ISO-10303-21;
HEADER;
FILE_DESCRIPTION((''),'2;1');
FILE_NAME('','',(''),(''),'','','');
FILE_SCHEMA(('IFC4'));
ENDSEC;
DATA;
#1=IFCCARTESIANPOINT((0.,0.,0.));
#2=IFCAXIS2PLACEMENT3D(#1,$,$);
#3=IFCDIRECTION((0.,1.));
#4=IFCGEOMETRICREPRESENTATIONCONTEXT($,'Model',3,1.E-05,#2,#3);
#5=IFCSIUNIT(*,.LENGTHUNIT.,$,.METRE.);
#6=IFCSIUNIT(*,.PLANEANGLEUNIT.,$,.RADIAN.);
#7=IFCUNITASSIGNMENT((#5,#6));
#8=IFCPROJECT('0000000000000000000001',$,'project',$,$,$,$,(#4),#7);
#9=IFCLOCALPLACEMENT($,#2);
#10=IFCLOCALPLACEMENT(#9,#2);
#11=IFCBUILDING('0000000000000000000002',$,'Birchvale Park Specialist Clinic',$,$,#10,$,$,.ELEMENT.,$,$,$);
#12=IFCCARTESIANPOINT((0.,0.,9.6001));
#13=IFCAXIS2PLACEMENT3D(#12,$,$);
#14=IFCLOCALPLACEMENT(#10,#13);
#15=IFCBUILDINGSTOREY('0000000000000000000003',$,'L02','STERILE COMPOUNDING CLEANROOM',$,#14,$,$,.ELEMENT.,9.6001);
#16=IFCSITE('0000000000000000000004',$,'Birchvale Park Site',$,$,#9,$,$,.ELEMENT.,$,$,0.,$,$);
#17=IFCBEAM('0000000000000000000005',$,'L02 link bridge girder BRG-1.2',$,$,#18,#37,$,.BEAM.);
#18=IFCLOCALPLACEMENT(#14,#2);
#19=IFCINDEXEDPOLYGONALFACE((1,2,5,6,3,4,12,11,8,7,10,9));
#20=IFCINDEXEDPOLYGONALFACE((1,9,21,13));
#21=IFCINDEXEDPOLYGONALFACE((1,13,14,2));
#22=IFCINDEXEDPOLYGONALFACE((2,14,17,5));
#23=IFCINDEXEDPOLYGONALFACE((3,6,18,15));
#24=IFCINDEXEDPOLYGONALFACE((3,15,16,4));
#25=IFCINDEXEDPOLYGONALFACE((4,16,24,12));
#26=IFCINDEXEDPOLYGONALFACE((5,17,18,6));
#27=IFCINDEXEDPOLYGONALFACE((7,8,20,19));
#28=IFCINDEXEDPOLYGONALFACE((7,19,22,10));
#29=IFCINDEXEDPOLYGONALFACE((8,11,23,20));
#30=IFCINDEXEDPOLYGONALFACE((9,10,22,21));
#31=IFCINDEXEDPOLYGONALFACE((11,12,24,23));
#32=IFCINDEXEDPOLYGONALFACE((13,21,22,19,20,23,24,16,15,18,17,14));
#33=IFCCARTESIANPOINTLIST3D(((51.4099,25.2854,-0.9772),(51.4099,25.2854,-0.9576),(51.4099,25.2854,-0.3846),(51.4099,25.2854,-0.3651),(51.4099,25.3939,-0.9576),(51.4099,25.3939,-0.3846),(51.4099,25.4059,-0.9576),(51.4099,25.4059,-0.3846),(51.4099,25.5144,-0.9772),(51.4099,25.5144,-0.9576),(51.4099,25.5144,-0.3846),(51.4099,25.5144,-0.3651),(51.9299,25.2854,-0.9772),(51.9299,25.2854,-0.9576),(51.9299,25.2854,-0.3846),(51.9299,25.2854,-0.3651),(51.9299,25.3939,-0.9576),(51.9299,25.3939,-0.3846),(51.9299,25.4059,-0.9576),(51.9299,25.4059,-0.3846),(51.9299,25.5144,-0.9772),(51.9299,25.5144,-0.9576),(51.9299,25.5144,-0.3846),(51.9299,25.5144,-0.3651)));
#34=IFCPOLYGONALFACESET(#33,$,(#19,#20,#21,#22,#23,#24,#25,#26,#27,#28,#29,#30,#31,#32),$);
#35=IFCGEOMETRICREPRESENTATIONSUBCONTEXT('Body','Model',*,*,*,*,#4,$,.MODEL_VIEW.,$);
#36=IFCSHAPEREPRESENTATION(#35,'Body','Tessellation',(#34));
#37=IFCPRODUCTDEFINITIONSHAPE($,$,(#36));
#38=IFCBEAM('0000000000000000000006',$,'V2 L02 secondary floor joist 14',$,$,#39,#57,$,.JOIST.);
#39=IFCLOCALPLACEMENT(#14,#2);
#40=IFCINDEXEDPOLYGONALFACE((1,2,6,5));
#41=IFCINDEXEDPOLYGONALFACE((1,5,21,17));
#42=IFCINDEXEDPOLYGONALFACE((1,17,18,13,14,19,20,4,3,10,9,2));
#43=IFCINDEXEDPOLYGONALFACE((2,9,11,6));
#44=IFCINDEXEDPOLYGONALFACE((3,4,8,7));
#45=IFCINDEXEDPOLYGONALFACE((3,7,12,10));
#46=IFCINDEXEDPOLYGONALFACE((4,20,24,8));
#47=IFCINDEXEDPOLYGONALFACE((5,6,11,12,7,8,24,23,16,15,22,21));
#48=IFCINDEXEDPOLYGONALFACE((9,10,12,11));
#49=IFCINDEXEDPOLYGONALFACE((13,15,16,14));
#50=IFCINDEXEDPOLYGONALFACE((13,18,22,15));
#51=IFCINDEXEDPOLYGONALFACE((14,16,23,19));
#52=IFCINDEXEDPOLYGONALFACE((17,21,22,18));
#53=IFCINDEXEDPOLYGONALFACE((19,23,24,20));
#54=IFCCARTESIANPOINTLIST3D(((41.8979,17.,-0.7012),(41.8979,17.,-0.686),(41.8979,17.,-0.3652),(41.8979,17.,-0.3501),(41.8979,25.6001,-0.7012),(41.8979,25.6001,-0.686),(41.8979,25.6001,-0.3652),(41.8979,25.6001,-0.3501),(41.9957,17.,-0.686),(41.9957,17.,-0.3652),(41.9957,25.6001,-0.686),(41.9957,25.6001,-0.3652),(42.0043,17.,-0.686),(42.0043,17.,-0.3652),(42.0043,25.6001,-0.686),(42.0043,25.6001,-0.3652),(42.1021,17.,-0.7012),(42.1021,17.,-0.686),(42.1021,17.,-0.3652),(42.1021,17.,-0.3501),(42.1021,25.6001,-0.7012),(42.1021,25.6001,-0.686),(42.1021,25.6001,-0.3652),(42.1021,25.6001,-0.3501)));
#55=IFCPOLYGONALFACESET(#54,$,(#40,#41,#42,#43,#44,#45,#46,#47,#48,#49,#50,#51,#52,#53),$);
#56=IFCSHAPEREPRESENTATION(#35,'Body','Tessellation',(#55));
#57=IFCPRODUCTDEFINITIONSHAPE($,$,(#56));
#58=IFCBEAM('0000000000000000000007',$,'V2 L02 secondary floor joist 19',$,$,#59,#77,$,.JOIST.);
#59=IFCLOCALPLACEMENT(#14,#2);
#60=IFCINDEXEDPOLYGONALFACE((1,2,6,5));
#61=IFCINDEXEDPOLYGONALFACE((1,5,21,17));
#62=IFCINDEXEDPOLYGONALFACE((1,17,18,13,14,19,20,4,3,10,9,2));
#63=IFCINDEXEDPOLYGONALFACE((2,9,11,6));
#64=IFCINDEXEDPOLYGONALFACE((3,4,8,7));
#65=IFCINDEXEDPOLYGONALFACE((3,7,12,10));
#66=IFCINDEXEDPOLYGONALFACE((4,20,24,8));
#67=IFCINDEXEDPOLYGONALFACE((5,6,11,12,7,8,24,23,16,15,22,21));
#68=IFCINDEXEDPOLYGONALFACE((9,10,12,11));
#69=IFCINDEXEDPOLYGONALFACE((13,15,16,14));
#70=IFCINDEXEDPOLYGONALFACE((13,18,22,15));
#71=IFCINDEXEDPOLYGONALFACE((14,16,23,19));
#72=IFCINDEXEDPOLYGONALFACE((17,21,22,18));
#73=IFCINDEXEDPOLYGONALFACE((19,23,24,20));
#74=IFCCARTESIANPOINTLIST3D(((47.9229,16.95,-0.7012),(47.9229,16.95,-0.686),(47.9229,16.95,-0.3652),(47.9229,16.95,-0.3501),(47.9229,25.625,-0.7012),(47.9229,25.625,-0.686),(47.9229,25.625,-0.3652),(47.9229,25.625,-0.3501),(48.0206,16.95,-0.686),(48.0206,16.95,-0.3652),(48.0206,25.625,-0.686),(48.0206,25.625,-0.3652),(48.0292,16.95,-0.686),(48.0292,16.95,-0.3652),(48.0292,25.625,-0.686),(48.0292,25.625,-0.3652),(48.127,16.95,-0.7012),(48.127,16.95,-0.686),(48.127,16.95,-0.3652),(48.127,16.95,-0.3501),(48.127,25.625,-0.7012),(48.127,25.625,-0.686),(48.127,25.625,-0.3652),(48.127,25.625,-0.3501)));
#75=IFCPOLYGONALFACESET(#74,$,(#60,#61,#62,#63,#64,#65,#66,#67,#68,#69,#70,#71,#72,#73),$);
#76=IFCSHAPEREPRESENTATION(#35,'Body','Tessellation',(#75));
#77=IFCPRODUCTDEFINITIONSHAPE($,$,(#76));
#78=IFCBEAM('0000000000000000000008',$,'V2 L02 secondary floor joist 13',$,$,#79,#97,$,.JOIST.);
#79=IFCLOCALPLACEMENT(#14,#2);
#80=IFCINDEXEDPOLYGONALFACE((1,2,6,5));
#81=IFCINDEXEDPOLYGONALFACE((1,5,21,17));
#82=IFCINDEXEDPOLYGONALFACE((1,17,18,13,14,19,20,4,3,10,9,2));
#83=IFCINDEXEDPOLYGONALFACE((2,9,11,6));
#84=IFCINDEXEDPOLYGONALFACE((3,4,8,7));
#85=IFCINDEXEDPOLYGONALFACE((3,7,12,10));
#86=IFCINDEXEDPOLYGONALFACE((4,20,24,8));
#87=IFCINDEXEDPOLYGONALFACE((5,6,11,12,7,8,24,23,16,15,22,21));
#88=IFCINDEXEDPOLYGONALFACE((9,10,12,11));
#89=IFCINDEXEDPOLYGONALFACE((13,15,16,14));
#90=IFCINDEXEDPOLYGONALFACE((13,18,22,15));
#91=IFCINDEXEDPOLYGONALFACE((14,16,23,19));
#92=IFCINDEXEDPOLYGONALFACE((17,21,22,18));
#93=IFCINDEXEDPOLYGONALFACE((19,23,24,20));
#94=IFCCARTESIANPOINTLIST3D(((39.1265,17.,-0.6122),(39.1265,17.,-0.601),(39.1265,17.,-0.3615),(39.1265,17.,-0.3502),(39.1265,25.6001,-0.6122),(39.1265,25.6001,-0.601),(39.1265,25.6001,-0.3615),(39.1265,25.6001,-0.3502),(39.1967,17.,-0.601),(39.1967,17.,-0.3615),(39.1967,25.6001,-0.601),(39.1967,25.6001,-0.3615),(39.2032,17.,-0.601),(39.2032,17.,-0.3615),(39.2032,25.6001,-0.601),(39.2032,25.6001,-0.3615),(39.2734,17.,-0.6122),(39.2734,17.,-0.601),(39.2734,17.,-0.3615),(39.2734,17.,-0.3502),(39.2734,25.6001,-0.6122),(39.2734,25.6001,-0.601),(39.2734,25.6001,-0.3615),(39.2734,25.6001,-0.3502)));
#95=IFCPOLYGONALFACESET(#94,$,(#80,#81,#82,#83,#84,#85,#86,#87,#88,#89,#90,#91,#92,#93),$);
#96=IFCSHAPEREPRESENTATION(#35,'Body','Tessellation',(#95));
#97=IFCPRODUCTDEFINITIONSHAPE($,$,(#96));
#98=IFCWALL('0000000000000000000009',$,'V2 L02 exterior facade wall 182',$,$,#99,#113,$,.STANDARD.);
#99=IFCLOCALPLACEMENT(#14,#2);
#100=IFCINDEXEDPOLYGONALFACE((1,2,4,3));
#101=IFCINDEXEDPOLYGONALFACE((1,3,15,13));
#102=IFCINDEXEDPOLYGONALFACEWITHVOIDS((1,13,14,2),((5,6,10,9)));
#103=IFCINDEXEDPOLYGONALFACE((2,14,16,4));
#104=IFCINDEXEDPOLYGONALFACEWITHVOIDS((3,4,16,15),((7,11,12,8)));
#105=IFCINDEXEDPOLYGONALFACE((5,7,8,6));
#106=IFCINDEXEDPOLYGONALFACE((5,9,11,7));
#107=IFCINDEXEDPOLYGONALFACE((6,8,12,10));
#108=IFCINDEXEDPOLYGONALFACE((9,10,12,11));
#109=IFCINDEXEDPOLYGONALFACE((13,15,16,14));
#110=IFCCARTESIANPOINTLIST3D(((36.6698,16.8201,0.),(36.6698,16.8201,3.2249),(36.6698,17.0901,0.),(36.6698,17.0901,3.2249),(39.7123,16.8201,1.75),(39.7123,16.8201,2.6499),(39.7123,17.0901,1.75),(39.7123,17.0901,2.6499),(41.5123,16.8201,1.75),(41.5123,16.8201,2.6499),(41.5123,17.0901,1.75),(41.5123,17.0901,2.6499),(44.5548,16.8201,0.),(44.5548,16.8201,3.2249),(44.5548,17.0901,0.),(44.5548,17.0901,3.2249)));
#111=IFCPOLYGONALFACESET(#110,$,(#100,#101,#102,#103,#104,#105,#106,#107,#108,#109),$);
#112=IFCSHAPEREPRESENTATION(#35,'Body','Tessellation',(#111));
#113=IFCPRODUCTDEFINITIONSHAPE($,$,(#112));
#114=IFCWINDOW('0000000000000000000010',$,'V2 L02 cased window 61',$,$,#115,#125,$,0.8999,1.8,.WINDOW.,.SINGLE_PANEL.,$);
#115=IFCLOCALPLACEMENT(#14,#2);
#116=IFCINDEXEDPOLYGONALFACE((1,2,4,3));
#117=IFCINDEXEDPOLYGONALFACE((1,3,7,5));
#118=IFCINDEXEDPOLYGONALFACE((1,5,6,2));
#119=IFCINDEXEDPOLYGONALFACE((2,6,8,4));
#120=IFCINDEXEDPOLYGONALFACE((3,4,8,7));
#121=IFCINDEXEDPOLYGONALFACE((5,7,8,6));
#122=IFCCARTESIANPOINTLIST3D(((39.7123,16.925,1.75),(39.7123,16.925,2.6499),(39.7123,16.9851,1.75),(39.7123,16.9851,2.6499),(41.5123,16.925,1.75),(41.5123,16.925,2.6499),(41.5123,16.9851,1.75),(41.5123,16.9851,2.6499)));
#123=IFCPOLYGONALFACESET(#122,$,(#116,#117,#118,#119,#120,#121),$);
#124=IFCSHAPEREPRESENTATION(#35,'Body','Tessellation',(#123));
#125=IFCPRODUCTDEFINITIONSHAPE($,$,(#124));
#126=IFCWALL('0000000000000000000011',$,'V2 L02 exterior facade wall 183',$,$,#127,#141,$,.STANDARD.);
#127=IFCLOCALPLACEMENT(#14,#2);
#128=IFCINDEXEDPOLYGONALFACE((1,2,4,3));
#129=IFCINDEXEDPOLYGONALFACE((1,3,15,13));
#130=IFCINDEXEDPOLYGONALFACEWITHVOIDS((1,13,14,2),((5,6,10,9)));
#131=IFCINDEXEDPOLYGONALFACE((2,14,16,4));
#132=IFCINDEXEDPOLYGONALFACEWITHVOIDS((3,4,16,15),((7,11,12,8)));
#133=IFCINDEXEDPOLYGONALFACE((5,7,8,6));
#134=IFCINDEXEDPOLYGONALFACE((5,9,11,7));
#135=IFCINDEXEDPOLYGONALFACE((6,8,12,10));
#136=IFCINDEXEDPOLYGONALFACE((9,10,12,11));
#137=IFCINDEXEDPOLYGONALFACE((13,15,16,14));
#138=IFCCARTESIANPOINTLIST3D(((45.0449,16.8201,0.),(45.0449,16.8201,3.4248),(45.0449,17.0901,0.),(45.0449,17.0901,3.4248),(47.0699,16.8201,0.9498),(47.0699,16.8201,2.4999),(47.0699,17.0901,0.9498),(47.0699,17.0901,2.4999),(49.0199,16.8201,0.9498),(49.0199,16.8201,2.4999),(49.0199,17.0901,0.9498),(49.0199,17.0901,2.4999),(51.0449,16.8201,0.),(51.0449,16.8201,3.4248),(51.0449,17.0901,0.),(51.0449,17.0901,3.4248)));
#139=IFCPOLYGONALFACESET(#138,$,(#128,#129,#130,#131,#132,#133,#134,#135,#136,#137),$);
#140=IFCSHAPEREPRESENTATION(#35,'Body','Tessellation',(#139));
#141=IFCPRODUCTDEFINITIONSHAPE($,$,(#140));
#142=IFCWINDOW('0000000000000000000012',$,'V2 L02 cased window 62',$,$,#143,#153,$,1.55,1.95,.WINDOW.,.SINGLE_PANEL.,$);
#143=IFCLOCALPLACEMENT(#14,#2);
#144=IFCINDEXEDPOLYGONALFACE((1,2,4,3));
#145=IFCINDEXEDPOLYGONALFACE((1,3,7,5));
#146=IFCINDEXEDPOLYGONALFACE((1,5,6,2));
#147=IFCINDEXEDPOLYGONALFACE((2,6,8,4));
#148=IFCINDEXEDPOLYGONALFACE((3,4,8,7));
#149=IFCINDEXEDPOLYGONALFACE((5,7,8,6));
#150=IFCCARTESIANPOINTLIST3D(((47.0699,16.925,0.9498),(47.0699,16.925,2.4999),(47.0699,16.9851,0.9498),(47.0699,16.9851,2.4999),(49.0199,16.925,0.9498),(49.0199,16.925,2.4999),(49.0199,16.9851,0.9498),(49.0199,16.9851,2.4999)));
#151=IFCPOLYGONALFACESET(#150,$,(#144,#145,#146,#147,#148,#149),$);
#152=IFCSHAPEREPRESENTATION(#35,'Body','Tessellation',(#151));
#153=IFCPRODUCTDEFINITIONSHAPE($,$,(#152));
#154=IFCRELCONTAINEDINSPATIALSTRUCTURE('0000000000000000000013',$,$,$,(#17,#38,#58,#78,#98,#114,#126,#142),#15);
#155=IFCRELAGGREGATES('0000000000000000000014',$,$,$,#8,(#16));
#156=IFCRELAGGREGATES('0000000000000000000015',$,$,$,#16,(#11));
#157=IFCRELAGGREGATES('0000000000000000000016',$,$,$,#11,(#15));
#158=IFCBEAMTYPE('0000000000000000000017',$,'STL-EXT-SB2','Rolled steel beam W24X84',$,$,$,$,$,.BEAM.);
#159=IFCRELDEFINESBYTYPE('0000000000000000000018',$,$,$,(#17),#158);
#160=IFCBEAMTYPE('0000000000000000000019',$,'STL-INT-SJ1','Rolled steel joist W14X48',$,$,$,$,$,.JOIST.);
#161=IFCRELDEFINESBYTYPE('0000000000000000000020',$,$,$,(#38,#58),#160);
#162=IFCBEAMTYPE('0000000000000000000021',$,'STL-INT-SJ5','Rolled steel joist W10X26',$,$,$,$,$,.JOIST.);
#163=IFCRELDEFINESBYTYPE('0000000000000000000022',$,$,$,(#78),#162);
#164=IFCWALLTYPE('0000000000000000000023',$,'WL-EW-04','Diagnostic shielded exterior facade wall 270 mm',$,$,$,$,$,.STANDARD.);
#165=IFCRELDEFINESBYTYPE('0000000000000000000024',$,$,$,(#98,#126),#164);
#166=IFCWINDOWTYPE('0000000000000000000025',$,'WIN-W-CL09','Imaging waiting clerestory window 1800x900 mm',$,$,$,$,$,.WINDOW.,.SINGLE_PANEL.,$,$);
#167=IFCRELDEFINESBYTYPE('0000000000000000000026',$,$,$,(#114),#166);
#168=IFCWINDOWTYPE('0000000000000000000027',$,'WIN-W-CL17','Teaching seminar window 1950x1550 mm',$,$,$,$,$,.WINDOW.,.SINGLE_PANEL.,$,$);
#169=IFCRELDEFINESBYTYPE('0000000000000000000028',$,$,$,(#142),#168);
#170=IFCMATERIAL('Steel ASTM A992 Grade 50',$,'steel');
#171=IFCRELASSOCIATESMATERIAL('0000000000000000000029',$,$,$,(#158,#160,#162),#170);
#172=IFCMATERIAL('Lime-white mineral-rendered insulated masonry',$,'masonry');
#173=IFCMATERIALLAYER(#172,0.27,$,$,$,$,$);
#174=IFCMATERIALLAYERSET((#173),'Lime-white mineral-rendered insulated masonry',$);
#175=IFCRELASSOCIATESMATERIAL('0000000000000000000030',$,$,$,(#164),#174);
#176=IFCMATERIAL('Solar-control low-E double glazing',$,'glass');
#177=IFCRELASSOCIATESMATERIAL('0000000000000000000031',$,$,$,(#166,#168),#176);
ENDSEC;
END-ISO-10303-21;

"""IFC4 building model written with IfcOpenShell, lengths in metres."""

from ifc_helpers import new_model, si_unit, direction, frame, frame_2d, origin, origin_2d, place, context, subcontext, project, spatial, rectangle, i_section, extrude, material, layer, layer_set, material_profile, profile_set, type_object, element, fill, save


model = new_model("IFC4")

# Units and contexts
model_context = context("Model", 3, precision=1e-05, world=origin(), true_north=direction((0.0, 1.0)))
body_context = subcontext(model_context, "Body", "Model", "MODEL_VIEW")
ifc_project = project(units=[si_unit("LENGTHUNIT", "METRE"), si_unit("PLANEANGLEUNIT", "RADIAN")], contexts=[model_context])

# Site, building, storey
site_placement = place(None, origin())
site = spatial("IfcSite", under=ifc_project, at=site_placement, Name="Birchvale Park Site", CompositionType="ELEMENT", RefElevation=0.0)
building_placement = place(site_placement, origin())
building = spatial("IfcBuilding", under=site, at=building_placement, Name="Birchvale Park Specialist Clinic", CompositionType="ELEMENT")
storey_placement = place(building_placement, frame((0.0, 0.0, 9.6001)))
storey = spatial("IfcBuildingStorey", under=building, at=storey_placement, Name="L02", Description="STERILE COMPOUNDING CLEANROOM", CompositionType="ELEMENT", Elevation=9.6001)

# Beams
ifc_material_1 = material(Name="Steel ASTM A992 Grade 50", Category="steel")
ifc_material_profile_1 = material_profile(ifc_material_1, i_section(OverallWidth=0.229, OverallDepth=0.6121, WebThickness=0.012, FlangeThickness=0.0195, at=origin_2d()), Name="W24X84")
ifc_profile_set_1 = profile_set([ifc_material_profile_1], Name="Steel ASTM A992 Grade 50")
beam_type_1 = type_object("IfcBeamType", Name="STL-EXT-SB2", Description="Rolled steel beam W24X84", PredefinedType="BEAM", material=ifc_profile_set_1)
for number, where, z_axis, x_axis, name in (
    (1, (51.4099, 25.3999, -0.6711), (1.0, 0.0, 0.0), (0.0, 1.0, 0.0), "L02 link bridge girder BRG-1.2"),
):
    element("IfcBeam", number, at=place(storey_placement, frame(where, z_axis=z_axis, x_axis=x_axis)), inside=storey, type_object=beam_type_1, Name=name, PredefinedType="BEAM", context=body_context, shape_type="SweptSolid", body=[
        extrude(i_section(OverallWidth=0.229, OverallDepth=0.6121, WebThickness=0.012, FlangeThickness=0.0195, at=origin_2d()), origin(), (0.0, 0.0, 1.0), 0.52),
    ])
ifc_material_profile_2 = material_profile(ifc_material_1, i_section(OverallWidth=0.2041, OverallDepth=0.3511, WebThickness=0.0085, FlangeThickness=0.0151, at=origin_2d()), Name="W14X48")
ifc_profile_set_2 = profile_set([ifc_material_profile_2], Name="Steel ASTM A992 Grade 50")
beam_type_2 = type_object("IfcBeamType", Name="STL-INT-SJ1", Description="Rolled steel joist W14X48", PredefinedType="JOIST", material=ifc_profile_set_2)
beam_1_placement = place(storey_placement, frame((42.0, 17.0, -0.5256), z_axis=(0.0, 1.0, 0.0), x_axis=(-1.0, 0.0, 0.0)))
element("IfcBeam", 2, at=beam_1_placement, inside=storey, type_object=beam_type_2, Name="V2 L02 secondary floor joist 14", PredefinedType="JOIST", context=body_context, shape_type="SweptSolid", body=[
    extrude(i_section(OverallWidth=0.2041, OverallDepth=0.3511, WebThickness=0.0085, FlangeThickness=0.0151, at=origin_2d()), origin(), (0.0, 0.0, 1.0), 8.6001),
])
beam_2_placement = place(storey_placement, frame((48.0249, 16.95, -0.5256), z_axis=(0.0, 1.0, 0.0), x_axis=(-1.0, 0.0, 0.0)))
element("IfcBeam", 3, at=beam_2_placement, inside=storey, type_object=beam_type_2, Name="V2 L02 secondary floor joist 19", PredefinedType="JOIST", context=body_context, shape_type="SweptSolid", body=[
    extrude(i_section(OverallWidth=0.2041, OverallDepth=0.3511, WebThickness=0.0085, FlangeThickness=0.0151, at=origin_2d()), origin(), (0.0, 0.0, 1.0), 8.675),
])
ifc_material_profile_3 = material_profile(ifc_material_1, i_section(OverallWidth=0.147, OverallDepth=0.262, WebThickness=0.0066, FlangeThickness=0.0112, at=origin_2d()), Name="W10X26")
ifc_profile_set_3 = profile_set([ifc_material_profile_3], Name="Steel ASTM A992 Grade 50")
beam_type_3 = type_object("IfcBeamType", Name="STL-INT-SJ5", Description="Rolled steel joist W10X26", PredefinedType="JOIST", material=ifc_profile_set_3)
beam_3_placement = place(storey_placement, frame((39.2, 17.0, -0.4812), z_axis=(0.0, 1.0, 0.0), x_axis=(-1.0, 0.0, 0.0)))
element("IfcBeam", 4, at=beam_3_placement, inside=storey, type_object=beam_type_3, Name="V2 L02 secondary floor joist 13", PredefinedType="JOIST", context=body_context, shape_type="SweptSolid", body=[
    extrude(i_section(OverallWidth=0.147, OverallDepth=0.262, WebThickness=0.0066, FlangeThickness=0.0112, at=origin_2d()), origin(), (0.0, 0.0, 1.0), 8.6001),
])

# Walls, openings, windows
ifc_material_2 = material(Name="Lime-white mineral-rendered insulated masonry", Category="masonry")
ifc_layer_1 = layer(ifc_material_2, 0.27)
ifc_layer_set_1 = layer_set([ifc_layer_1], Name="Lime-white mineral-rendered insulated masonry")
wall_type_1 = type_object("IfcWallType", Name="WL-EW-04", Description="Diagnostic shielded exterior facade wall 270 mm", PredefinedType="STANDARD", material=ifc_layer_set_1)
wall_1_placement = place(storey_placement, frame((36.6699, 16.9551, 0.0), z_axis=(0.0, 0.0, 1.0), x_axis=(1.0, 0.0, 0.0)))
wall_1 = element("IfcWall", 5, at=wall_1_placement, inside=storey, type_object=wall_type_1, Name="V2 L02 exterior facade wall 182", PredefinedType="STANDARD", context=body_context, shape_type="SweptSolid", body=[
    extrude(rectangle(XDim=7.885, YDim=0.27, at=frame_2d((3.9424, 0.0))), origin(), (0.0, 0.0, 1.0), 3.2249),
])
opening_1_placement = place(wall_1_placement, frame((3.0425, 0.0, 1.75)))
opening_1 = element("IfcOpeningElement", 6, at=opening_1_placement, cuts=wall_1, PredefinedType="OPENING", context=body_context, shape_type="SweptSolid", body=[
    extrude(rectangle(XDim=1.8, YDim=0.8999, at=frame_2d((0.8999, 0.45))), frame((0.0, 0.145, 0.0), z_axis=(0.0, -1.0, 0.0), x_axis=(1.0, 0.0, 0.0)), (0.0, 0.0, 1.0), 0.29),
])
ifc_material_3 = material(Name="Solar-control low-E double glazing", Category="glass")
window_type_1 = type_object("IfcWindowType", Name="WIN-W-CL09", Description="Imaging waiting clerestory window 1800x900 mm", PartitioningType="SINGLE_PANEL", PredefinedType="WINDOW", material=ifc_material_3)
window_1_placement = place(opening_1_placement, origin())
window_1 = element("IfcWindow", 7, at=window_1_placement, inside=storey, type_object=window_type_1, Name="V2 L02 cased window 61", OverallHeight=0.8999, OverallWidth=1.8, PartitioningType="SINGLE_PANEL", PredefinedType="WINDOW", context=body_context, shape_type="SweptSolid", body=[
    extrude(rectangle(XDim=1.8, YDim=0.8999, at=frame_2d((0.8999, 0.45))), frame((0.0, 0.03, 0.0), z_axis=(0.0, -1.0, 0.0), x_axis=(1.0, 0.0, 0.0)), (0.0, 0.0, 1.0), 0.0601),
])
fill(opening_1, window_1)
wall_2_placement = place(storey_placement, frame((45.0449, 16.9551, 0.0), z_axis=(0.0, 0.0, 1.0), x_axis=(1.0, 0.0, 0.0)))
wall_2 = element("IfcWall", 8, at=wall_2_placement, inside=storey, type_object=wall_type_1, Name="V2 L02 exterior facade wall 183", PredefinedType="STANDARD", context=body_context, shape_type="SweptSolid", body=[
    extrude(rectangle(XDim=6.0, YDim=0.27, at=frame_2d((3.0, 0.0))), origin(), (0.0, 0.0, 1.0), 3.4248),
])
opening_2_placement = place(wall_2_placement, frame((2.0249, 0.0, 0.95)))
opening_2 = element("IfcOpeningElement", 9, at=opening_2_placement, cuts=wall_2, PredefinedType="OPENING", context=body_context, shape_type="SweptSolid", body=[
    extrude(rectangle(XDim=1.95, YDim=1.55, at=frame_2d((0.9751, 0.7749))), frame((0.0, 0.145, 0.0), z_axis=(0.0, -1.0, 0.0), x_axis=(1.0, 0.0, 0.0)), (0.0, 0.0, 1.0), 0.29),
])
window_type_2 = type_object("IfcWindowType", Name="WIN-W-CL17", Description="Teaching seminar window 1950x1550 mm", PartitioningType="SINGLE_PANEL", PredefinedType="WINDOW", material=ifc_material_3)
window_2_placement = place(opening_2_placement, origin())
window_2 = element("IfcWindow", 10, at=window_2_placement, inside=storey, type_object=window_type_2, Name="V2 L02 cased window 62", OverallHeight=1.55, OverallWidth=1.95, PartitioningType="SINGLE_PANEL", PredefinedType="WINDOW", context=body_context, shape_type="SweptSolid", body=[
    extrude(rectangle(XDim=1.95, YDim=1.55, at=frame_2d((0.9751, 0.7749))), frame((0.0, 0.03, 0.0), z_axis=(0.0, -1.0, 0.0), x_axis=(1.0, 0.0, 0.0)), (0.0, 0.0, 1.0), 0.0601),
])
fill(opening_2, window_2)

save(model, "model.ifc")
